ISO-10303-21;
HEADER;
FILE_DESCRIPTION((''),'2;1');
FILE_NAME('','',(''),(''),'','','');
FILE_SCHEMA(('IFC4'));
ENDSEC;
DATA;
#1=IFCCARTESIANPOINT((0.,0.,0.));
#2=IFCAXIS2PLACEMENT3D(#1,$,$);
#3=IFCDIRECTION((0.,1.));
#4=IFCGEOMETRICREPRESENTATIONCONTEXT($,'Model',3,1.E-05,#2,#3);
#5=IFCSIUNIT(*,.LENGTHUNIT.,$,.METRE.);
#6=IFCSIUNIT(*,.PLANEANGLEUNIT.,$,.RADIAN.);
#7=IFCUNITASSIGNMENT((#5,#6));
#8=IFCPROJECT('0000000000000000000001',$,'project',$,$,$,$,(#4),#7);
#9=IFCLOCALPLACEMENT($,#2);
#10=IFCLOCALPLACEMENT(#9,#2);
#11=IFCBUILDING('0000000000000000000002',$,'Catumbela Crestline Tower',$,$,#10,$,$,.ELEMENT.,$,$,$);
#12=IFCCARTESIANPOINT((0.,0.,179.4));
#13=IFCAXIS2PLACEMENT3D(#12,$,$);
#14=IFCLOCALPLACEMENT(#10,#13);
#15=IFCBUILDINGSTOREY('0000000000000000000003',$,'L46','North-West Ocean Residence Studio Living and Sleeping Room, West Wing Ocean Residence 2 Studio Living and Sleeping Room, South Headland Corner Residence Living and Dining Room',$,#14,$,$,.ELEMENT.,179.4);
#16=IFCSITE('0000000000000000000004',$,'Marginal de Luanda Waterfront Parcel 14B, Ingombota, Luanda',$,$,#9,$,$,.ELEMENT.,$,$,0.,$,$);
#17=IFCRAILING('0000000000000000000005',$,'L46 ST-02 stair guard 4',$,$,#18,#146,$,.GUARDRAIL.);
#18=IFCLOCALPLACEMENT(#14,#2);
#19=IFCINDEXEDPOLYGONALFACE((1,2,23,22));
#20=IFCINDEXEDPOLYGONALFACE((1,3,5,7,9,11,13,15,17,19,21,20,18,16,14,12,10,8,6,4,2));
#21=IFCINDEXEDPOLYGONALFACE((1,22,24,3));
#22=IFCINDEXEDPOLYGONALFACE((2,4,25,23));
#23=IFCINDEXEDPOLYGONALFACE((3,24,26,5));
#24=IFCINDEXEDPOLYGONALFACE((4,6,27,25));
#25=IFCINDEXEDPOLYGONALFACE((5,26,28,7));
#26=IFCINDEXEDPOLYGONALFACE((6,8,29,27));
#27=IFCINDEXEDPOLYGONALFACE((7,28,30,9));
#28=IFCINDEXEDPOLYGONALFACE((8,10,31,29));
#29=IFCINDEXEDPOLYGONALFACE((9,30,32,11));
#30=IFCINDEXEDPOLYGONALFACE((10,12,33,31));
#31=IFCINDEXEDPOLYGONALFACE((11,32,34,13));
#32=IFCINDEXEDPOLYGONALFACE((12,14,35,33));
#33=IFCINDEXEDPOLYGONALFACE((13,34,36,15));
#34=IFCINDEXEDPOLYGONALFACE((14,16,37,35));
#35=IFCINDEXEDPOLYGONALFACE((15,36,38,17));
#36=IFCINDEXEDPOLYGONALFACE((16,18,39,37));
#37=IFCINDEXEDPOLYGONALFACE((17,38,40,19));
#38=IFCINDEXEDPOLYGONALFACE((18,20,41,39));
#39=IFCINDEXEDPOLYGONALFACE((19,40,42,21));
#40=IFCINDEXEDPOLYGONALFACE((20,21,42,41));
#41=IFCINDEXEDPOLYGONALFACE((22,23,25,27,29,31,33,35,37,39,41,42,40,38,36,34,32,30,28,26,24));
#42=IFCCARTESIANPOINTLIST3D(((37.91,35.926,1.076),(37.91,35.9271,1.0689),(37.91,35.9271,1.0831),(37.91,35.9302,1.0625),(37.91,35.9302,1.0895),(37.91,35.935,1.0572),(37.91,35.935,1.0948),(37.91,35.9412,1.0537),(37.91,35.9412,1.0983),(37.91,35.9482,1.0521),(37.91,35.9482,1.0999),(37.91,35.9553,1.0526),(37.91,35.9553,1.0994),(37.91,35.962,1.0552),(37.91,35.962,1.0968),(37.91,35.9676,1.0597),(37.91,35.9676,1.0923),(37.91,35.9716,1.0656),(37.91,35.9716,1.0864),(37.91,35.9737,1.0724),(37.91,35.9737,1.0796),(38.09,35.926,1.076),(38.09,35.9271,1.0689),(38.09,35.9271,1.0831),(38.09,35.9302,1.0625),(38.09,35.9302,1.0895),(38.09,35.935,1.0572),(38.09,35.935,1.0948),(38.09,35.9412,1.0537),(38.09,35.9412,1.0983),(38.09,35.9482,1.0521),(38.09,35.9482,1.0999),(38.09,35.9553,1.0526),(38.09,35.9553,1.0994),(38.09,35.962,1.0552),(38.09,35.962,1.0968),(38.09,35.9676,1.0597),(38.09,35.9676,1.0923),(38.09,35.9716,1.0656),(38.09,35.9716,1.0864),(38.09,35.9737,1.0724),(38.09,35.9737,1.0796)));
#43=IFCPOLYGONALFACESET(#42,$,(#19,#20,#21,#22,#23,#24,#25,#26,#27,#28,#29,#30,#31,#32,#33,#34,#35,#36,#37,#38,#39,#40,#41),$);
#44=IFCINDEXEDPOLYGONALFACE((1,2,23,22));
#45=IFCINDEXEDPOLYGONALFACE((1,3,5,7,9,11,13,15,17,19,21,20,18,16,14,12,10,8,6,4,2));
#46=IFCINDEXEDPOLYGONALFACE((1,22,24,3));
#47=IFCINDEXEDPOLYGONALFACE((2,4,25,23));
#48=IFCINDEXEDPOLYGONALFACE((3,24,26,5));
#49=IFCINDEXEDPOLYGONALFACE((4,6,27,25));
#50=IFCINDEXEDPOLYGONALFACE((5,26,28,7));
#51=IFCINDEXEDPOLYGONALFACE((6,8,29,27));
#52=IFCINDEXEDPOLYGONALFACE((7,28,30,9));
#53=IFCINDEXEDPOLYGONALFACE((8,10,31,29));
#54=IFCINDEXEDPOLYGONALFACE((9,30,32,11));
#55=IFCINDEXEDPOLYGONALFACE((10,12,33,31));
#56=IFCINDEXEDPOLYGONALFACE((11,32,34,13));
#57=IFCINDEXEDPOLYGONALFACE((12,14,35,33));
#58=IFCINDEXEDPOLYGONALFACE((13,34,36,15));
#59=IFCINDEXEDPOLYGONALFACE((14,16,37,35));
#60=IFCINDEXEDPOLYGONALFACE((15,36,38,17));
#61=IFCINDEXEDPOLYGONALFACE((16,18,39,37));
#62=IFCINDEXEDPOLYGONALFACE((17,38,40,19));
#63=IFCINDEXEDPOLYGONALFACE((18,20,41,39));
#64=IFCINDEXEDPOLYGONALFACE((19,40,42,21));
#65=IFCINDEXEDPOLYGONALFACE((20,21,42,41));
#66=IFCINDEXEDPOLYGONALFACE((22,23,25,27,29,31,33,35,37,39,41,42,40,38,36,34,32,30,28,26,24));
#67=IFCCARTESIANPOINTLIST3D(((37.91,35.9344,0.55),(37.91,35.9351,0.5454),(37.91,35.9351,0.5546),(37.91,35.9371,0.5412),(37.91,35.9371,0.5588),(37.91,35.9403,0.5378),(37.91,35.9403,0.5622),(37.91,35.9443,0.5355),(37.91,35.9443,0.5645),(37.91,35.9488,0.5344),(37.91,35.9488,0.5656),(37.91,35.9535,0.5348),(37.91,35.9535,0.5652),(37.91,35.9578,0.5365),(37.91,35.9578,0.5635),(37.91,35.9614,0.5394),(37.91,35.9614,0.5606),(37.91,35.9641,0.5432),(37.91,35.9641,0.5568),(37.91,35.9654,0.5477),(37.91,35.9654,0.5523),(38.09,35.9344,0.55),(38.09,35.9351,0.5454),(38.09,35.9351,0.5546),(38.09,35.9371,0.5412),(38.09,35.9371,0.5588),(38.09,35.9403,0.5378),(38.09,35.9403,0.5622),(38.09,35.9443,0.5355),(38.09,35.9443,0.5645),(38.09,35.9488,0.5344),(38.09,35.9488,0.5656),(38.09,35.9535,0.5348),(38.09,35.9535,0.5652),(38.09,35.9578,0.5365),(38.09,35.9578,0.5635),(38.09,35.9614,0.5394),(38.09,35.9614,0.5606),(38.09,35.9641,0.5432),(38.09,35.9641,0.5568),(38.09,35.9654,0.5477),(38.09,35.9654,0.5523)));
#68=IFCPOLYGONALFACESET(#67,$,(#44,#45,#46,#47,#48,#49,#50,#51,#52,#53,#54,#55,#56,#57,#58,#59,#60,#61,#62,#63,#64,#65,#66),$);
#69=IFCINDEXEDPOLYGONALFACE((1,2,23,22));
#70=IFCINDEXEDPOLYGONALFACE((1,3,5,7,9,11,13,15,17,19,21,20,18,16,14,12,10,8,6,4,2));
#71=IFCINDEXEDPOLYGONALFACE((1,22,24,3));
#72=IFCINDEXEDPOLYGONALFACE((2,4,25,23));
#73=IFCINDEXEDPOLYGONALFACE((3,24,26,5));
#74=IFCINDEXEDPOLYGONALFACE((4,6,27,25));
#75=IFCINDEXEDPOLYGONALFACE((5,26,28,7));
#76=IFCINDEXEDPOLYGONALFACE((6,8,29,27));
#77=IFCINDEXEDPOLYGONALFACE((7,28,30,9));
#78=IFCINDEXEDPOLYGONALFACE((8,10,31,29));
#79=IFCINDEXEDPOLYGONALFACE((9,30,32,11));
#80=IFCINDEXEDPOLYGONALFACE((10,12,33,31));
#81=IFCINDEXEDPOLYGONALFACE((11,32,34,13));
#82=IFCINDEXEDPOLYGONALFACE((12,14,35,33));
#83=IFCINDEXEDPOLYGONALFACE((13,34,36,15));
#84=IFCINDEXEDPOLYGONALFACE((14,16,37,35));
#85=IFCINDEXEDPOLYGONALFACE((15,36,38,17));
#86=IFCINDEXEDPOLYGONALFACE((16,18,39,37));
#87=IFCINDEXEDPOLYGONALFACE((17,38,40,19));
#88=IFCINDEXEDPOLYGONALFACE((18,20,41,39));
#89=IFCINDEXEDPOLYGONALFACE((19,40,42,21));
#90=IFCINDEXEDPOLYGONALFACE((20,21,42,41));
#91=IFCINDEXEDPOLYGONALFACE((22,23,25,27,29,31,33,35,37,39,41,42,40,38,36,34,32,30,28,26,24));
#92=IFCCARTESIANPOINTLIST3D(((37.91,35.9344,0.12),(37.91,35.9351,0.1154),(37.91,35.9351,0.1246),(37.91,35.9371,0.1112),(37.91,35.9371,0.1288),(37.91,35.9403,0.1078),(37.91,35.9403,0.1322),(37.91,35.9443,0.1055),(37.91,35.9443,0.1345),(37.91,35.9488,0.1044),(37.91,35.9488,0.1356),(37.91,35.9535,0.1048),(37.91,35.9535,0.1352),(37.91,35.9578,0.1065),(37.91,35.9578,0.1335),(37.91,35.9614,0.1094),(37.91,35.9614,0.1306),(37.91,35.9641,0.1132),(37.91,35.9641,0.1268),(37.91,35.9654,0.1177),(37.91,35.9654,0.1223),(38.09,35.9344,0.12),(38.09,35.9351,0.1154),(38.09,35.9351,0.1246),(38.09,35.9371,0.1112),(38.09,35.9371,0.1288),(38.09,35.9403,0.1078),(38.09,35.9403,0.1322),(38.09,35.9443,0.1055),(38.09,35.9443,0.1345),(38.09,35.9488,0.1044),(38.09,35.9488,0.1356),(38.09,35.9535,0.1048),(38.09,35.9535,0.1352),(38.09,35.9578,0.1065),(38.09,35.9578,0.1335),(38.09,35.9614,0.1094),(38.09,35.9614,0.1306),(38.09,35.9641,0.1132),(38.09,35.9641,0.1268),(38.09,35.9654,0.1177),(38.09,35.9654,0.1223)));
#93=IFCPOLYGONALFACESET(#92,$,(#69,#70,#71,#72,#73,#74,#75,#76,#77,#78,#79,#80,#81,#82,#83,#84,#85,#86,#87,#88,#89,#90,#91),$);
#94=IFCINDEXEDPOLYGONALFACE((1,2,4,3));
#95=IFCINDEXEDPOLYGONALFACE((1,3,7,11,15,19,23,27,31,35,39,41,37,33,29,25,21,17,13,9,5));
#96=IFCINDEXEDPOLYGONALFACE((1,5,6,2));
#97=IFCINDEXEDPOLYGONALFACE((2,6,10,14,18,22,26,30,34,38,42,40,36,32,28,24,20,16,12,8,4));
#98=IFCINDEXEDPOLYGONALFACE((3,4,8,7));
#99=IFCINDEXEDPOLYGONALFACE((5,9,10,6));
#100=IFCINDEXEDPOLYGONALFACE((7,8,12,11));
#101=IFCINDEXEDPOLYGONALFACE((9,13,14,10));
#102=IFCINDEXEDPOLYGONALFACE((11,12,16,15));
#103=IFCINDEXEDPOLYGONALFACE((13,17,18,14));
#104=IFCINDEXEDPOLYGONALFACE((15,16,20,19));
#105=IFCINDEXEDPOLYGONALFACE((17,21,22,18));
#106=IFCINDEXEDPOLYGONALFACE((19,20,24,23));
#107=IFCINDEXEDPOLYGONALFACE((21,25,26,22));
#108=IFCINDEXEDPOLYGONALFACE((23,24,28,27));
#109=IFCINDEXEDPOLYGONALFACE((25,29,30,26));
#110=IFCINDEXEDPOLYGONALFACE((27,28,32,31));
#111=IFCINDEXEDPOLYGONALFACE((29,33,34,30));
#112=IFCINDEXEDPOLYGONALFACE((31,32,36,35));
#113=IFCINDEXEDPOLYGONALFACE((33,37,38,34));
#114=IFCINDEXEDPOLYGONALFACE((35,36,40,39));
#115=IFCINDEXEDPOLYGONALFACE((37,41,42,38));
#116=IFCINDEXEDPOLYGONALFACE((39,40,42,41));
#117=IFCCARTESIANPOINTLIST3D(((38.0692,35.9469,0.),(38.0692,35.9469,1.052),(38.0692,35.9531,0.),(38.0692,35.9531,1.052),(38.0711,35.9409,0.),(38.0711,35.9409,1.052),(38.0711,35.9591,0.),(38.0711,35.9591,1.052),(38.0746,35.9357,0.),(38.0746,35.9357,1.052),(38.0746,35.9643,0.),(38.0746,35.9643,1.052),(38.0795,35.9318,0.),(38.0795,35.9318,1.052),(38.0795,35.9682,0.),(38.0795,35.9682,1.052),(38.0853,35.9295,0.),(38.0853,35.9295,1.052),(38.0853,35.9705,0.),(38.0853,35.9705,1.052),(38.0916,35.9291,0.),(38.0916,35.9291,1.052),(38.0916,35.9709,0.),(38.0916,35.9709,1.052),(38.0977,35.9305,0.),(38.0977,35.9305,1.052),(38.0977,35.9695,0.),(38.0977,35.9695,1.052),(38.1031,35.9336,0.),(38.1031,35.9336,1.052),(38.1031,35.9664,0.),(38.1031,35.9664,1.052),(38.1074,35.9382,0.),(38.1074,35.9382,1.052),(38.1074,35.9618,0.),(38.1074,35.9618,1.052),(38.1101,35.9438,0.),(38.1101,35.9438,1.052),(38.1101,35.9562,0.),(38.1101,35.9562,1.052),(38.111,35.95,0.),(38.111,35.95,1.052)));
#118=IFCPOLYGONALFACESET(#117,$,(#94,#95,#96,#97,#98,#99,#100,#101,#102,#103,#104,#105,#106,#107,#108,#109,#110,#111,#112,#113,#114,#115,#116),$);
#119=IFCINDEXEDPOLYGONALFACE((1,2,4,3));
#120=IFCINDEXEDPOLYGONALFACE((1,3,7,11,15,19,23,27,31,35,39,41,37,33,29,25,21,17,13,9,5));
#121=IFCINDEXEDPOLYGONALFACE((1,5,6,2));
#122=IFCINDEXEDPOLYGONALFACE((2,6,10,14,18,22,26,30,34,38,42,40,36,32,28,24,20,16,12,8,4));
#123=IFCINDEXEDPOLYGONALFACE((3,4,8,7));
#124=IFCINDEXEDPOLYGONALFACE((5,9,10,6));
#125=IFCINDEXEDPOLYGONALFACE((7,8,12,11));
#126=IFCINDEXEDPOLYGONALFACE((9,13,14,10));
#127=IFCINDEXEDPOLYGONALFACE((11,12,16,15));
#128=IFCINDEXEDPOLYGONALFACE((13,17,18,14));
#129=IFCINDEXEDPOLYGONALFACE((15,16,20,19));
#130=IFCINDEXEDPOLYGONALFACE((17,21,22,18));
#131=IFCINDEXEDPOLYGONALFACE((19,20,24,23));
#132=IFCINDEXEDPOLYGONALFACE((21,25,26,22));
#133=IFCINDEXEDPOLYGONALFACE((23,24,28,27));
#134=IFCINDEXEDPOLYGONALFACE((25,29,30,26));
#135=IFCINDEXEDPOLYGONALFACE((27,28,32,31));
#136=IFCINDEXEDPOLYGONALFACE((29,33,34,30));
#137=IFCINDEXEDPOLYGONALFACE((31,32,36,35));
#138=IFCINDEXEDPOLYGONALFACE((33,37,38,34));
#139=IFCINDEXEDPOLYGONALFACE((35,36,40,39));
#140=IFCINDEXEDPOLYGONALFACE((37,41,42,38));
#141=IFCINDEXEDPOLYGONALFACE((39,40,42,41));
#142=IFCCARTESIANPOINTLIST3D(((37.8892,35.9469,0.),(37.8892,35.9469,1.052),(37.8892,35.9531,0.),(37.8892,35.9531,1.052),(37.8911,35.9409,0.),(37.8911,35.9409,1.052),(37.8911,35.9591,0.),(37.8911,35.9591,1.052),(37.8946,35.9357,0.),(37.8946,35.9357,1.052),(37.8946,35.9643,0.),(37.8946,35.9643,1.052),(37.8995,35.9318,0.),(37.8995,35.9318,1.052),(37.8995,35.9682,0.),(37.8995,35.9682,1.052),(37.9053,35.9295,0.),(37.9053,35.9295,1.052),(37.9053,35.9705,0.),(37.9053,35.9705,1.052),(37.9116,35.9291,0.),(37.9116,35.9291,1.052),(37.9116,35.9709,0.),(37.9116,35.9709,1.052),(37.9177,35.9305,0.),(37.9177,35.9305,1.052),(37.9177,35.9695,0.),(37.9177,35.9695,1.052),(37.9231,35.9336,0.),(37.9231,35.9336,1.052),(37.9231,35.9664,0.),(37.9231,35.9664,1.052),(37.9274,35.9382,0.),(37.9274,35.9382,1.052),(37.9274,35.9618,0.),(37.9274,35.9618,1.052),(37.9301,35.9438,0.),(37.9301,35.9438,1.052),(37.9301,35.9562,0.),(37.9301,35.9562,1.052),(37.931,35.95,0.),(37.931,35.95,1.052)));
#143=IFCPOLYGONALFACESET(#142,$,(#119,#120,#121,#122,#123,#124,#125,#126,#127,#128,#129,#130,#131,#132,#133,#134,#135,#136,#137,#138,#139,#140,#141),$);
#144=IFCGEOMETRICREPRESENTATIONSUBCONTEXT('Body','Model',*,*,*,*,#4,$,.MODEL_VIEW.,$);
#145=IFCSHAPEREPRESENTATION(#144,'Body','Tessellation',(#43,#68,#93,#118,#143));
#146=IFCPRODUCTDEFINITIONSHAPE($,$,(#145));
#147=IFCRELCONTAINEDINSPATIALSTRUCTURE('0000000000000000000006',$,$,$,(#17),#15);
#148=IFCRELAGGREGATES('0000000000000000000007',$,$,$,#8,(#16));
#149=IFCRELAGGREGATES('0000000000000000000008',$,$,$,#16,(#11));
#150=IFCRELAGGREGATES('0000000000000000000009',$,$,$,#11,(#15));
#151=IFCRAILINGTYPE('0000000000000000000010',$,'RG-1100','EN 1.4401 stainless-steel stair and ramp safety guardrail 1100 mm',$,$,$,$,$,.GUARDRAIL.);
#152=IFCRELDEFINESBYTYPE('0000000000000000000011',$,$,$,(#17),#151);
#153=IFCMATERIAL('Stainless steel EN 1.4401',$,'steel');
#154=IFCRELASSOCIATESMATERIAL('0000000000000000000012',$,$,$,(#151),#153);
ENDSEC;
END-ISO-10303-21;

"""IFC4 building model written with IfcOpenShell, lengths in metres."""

from ifc_helpers import new_model, si_unit, direction, frame, origin, origin_2d, place, context, subcontext, project, spatial, circle, extrude, material, type_object, element, save


model = new_model("IFC4")

# Units and contexts
model_context = context("Model", 3, precision=1e-05, world=origin(), true_north=direction((0.0, 1.0)))
body_context = subcontext(model_context, "Body", "Model", "MODEL_VIEW")
ifc_project = project(units=[si_unit("LENGTHUNIT", "METRE"), si_unit("PLANEANGLEUNIT", "RADIAN")], contexts=[model_context])

# Site, building, storey
site_placement = place(None, origin())
site = spatial("IfcSite", under=ifc_project, at=site_placement, Name="Marginal de Luanda Waterfront Parcel 14B, Ingombota, Luanda", CompositionType="ELEMENT", RefElevation=0.0)
building_placement = place(site_placement, origin())
building = spatial("IfcBuilding", under=site, at=building_placement, Name="Catumbela Crestline Tower", CompositionType="ELEMENT")
storey_placement = place(building_placement, frame((0.0, 0.0, 179.4)))
storey = spatial("IfcBuildingStorey", under=building, at=storey_placement, Name="L46", Description="North-West Ocean Residence Studio Living and Sleeping Room, West Wing Ocean Residence 2 Studio Living and Sleeping Room, South Headland Corner Residence Living and Dining Room", CompositionType="ELEMENT", Elevation=179.4)

# Shared definitions
ifc_material_1 = material(Name="Stainless steel EN 1.4401", Category="steel")

# Railing
railing_type_1 = type_object("IfcRailingType", Name="RG-1100", Description="EN 1.4401 stainless-steel stair and ramp safety guardrail 1100 mm", PredefinedType="GUARDRAIL", material=ifc_material_1)
railing_1_placement = place(storey_placement, frame((38.09, 35.95, 0.0)))
element("IfcRailing", 1, at=railing_1_placement, inside=storey, type_object=railing_type_1, Name="L46 ST-02 stair guard 4", PredefinedType="GUARDRAIL", context=body_context, shape_type="SweptSolid", body=[
    extrude(circle(Radius=0.024, at=origin_2d()), frame((0.0, 0.0, 1.076), z_axis=(-1.0, 0.0, 0.0), x_axis=(0.0, -1.0, 0.0)), (0.0, 0.0, 1.0), 0.18),
    extrude(circle(Radius=0.0156, at=origin_2d()), frame((0.0, 0.0, 0.55), z_axis=(-1.0, 0.0, 0.0), x_axis=(0.0, -1.0, 0.0)), (0.0, 0.0, 1.0), 0.18),
    extrude(circle(Radius=0.0156, at=origin_2d()), frame((0.0, 0.0, 0.12), z_axis=(-1.0, 0.0, 0.0), x_axis=(0.0, -1.0, 0.0)), (0.0, 0.0, 1.0), 0.18),
    extrude(circle(Radius=0.021, at=origin_2d()), origin(), (0.0, 0.0, 1.0), 1.052),
    extrude(circle(Radius=0.021, at=origin_2d()), frame((-0.18, 0.0, 0.0)), (0.0, 0.0, 1.0), 1.052),
])

save(model, "model.ifc")
